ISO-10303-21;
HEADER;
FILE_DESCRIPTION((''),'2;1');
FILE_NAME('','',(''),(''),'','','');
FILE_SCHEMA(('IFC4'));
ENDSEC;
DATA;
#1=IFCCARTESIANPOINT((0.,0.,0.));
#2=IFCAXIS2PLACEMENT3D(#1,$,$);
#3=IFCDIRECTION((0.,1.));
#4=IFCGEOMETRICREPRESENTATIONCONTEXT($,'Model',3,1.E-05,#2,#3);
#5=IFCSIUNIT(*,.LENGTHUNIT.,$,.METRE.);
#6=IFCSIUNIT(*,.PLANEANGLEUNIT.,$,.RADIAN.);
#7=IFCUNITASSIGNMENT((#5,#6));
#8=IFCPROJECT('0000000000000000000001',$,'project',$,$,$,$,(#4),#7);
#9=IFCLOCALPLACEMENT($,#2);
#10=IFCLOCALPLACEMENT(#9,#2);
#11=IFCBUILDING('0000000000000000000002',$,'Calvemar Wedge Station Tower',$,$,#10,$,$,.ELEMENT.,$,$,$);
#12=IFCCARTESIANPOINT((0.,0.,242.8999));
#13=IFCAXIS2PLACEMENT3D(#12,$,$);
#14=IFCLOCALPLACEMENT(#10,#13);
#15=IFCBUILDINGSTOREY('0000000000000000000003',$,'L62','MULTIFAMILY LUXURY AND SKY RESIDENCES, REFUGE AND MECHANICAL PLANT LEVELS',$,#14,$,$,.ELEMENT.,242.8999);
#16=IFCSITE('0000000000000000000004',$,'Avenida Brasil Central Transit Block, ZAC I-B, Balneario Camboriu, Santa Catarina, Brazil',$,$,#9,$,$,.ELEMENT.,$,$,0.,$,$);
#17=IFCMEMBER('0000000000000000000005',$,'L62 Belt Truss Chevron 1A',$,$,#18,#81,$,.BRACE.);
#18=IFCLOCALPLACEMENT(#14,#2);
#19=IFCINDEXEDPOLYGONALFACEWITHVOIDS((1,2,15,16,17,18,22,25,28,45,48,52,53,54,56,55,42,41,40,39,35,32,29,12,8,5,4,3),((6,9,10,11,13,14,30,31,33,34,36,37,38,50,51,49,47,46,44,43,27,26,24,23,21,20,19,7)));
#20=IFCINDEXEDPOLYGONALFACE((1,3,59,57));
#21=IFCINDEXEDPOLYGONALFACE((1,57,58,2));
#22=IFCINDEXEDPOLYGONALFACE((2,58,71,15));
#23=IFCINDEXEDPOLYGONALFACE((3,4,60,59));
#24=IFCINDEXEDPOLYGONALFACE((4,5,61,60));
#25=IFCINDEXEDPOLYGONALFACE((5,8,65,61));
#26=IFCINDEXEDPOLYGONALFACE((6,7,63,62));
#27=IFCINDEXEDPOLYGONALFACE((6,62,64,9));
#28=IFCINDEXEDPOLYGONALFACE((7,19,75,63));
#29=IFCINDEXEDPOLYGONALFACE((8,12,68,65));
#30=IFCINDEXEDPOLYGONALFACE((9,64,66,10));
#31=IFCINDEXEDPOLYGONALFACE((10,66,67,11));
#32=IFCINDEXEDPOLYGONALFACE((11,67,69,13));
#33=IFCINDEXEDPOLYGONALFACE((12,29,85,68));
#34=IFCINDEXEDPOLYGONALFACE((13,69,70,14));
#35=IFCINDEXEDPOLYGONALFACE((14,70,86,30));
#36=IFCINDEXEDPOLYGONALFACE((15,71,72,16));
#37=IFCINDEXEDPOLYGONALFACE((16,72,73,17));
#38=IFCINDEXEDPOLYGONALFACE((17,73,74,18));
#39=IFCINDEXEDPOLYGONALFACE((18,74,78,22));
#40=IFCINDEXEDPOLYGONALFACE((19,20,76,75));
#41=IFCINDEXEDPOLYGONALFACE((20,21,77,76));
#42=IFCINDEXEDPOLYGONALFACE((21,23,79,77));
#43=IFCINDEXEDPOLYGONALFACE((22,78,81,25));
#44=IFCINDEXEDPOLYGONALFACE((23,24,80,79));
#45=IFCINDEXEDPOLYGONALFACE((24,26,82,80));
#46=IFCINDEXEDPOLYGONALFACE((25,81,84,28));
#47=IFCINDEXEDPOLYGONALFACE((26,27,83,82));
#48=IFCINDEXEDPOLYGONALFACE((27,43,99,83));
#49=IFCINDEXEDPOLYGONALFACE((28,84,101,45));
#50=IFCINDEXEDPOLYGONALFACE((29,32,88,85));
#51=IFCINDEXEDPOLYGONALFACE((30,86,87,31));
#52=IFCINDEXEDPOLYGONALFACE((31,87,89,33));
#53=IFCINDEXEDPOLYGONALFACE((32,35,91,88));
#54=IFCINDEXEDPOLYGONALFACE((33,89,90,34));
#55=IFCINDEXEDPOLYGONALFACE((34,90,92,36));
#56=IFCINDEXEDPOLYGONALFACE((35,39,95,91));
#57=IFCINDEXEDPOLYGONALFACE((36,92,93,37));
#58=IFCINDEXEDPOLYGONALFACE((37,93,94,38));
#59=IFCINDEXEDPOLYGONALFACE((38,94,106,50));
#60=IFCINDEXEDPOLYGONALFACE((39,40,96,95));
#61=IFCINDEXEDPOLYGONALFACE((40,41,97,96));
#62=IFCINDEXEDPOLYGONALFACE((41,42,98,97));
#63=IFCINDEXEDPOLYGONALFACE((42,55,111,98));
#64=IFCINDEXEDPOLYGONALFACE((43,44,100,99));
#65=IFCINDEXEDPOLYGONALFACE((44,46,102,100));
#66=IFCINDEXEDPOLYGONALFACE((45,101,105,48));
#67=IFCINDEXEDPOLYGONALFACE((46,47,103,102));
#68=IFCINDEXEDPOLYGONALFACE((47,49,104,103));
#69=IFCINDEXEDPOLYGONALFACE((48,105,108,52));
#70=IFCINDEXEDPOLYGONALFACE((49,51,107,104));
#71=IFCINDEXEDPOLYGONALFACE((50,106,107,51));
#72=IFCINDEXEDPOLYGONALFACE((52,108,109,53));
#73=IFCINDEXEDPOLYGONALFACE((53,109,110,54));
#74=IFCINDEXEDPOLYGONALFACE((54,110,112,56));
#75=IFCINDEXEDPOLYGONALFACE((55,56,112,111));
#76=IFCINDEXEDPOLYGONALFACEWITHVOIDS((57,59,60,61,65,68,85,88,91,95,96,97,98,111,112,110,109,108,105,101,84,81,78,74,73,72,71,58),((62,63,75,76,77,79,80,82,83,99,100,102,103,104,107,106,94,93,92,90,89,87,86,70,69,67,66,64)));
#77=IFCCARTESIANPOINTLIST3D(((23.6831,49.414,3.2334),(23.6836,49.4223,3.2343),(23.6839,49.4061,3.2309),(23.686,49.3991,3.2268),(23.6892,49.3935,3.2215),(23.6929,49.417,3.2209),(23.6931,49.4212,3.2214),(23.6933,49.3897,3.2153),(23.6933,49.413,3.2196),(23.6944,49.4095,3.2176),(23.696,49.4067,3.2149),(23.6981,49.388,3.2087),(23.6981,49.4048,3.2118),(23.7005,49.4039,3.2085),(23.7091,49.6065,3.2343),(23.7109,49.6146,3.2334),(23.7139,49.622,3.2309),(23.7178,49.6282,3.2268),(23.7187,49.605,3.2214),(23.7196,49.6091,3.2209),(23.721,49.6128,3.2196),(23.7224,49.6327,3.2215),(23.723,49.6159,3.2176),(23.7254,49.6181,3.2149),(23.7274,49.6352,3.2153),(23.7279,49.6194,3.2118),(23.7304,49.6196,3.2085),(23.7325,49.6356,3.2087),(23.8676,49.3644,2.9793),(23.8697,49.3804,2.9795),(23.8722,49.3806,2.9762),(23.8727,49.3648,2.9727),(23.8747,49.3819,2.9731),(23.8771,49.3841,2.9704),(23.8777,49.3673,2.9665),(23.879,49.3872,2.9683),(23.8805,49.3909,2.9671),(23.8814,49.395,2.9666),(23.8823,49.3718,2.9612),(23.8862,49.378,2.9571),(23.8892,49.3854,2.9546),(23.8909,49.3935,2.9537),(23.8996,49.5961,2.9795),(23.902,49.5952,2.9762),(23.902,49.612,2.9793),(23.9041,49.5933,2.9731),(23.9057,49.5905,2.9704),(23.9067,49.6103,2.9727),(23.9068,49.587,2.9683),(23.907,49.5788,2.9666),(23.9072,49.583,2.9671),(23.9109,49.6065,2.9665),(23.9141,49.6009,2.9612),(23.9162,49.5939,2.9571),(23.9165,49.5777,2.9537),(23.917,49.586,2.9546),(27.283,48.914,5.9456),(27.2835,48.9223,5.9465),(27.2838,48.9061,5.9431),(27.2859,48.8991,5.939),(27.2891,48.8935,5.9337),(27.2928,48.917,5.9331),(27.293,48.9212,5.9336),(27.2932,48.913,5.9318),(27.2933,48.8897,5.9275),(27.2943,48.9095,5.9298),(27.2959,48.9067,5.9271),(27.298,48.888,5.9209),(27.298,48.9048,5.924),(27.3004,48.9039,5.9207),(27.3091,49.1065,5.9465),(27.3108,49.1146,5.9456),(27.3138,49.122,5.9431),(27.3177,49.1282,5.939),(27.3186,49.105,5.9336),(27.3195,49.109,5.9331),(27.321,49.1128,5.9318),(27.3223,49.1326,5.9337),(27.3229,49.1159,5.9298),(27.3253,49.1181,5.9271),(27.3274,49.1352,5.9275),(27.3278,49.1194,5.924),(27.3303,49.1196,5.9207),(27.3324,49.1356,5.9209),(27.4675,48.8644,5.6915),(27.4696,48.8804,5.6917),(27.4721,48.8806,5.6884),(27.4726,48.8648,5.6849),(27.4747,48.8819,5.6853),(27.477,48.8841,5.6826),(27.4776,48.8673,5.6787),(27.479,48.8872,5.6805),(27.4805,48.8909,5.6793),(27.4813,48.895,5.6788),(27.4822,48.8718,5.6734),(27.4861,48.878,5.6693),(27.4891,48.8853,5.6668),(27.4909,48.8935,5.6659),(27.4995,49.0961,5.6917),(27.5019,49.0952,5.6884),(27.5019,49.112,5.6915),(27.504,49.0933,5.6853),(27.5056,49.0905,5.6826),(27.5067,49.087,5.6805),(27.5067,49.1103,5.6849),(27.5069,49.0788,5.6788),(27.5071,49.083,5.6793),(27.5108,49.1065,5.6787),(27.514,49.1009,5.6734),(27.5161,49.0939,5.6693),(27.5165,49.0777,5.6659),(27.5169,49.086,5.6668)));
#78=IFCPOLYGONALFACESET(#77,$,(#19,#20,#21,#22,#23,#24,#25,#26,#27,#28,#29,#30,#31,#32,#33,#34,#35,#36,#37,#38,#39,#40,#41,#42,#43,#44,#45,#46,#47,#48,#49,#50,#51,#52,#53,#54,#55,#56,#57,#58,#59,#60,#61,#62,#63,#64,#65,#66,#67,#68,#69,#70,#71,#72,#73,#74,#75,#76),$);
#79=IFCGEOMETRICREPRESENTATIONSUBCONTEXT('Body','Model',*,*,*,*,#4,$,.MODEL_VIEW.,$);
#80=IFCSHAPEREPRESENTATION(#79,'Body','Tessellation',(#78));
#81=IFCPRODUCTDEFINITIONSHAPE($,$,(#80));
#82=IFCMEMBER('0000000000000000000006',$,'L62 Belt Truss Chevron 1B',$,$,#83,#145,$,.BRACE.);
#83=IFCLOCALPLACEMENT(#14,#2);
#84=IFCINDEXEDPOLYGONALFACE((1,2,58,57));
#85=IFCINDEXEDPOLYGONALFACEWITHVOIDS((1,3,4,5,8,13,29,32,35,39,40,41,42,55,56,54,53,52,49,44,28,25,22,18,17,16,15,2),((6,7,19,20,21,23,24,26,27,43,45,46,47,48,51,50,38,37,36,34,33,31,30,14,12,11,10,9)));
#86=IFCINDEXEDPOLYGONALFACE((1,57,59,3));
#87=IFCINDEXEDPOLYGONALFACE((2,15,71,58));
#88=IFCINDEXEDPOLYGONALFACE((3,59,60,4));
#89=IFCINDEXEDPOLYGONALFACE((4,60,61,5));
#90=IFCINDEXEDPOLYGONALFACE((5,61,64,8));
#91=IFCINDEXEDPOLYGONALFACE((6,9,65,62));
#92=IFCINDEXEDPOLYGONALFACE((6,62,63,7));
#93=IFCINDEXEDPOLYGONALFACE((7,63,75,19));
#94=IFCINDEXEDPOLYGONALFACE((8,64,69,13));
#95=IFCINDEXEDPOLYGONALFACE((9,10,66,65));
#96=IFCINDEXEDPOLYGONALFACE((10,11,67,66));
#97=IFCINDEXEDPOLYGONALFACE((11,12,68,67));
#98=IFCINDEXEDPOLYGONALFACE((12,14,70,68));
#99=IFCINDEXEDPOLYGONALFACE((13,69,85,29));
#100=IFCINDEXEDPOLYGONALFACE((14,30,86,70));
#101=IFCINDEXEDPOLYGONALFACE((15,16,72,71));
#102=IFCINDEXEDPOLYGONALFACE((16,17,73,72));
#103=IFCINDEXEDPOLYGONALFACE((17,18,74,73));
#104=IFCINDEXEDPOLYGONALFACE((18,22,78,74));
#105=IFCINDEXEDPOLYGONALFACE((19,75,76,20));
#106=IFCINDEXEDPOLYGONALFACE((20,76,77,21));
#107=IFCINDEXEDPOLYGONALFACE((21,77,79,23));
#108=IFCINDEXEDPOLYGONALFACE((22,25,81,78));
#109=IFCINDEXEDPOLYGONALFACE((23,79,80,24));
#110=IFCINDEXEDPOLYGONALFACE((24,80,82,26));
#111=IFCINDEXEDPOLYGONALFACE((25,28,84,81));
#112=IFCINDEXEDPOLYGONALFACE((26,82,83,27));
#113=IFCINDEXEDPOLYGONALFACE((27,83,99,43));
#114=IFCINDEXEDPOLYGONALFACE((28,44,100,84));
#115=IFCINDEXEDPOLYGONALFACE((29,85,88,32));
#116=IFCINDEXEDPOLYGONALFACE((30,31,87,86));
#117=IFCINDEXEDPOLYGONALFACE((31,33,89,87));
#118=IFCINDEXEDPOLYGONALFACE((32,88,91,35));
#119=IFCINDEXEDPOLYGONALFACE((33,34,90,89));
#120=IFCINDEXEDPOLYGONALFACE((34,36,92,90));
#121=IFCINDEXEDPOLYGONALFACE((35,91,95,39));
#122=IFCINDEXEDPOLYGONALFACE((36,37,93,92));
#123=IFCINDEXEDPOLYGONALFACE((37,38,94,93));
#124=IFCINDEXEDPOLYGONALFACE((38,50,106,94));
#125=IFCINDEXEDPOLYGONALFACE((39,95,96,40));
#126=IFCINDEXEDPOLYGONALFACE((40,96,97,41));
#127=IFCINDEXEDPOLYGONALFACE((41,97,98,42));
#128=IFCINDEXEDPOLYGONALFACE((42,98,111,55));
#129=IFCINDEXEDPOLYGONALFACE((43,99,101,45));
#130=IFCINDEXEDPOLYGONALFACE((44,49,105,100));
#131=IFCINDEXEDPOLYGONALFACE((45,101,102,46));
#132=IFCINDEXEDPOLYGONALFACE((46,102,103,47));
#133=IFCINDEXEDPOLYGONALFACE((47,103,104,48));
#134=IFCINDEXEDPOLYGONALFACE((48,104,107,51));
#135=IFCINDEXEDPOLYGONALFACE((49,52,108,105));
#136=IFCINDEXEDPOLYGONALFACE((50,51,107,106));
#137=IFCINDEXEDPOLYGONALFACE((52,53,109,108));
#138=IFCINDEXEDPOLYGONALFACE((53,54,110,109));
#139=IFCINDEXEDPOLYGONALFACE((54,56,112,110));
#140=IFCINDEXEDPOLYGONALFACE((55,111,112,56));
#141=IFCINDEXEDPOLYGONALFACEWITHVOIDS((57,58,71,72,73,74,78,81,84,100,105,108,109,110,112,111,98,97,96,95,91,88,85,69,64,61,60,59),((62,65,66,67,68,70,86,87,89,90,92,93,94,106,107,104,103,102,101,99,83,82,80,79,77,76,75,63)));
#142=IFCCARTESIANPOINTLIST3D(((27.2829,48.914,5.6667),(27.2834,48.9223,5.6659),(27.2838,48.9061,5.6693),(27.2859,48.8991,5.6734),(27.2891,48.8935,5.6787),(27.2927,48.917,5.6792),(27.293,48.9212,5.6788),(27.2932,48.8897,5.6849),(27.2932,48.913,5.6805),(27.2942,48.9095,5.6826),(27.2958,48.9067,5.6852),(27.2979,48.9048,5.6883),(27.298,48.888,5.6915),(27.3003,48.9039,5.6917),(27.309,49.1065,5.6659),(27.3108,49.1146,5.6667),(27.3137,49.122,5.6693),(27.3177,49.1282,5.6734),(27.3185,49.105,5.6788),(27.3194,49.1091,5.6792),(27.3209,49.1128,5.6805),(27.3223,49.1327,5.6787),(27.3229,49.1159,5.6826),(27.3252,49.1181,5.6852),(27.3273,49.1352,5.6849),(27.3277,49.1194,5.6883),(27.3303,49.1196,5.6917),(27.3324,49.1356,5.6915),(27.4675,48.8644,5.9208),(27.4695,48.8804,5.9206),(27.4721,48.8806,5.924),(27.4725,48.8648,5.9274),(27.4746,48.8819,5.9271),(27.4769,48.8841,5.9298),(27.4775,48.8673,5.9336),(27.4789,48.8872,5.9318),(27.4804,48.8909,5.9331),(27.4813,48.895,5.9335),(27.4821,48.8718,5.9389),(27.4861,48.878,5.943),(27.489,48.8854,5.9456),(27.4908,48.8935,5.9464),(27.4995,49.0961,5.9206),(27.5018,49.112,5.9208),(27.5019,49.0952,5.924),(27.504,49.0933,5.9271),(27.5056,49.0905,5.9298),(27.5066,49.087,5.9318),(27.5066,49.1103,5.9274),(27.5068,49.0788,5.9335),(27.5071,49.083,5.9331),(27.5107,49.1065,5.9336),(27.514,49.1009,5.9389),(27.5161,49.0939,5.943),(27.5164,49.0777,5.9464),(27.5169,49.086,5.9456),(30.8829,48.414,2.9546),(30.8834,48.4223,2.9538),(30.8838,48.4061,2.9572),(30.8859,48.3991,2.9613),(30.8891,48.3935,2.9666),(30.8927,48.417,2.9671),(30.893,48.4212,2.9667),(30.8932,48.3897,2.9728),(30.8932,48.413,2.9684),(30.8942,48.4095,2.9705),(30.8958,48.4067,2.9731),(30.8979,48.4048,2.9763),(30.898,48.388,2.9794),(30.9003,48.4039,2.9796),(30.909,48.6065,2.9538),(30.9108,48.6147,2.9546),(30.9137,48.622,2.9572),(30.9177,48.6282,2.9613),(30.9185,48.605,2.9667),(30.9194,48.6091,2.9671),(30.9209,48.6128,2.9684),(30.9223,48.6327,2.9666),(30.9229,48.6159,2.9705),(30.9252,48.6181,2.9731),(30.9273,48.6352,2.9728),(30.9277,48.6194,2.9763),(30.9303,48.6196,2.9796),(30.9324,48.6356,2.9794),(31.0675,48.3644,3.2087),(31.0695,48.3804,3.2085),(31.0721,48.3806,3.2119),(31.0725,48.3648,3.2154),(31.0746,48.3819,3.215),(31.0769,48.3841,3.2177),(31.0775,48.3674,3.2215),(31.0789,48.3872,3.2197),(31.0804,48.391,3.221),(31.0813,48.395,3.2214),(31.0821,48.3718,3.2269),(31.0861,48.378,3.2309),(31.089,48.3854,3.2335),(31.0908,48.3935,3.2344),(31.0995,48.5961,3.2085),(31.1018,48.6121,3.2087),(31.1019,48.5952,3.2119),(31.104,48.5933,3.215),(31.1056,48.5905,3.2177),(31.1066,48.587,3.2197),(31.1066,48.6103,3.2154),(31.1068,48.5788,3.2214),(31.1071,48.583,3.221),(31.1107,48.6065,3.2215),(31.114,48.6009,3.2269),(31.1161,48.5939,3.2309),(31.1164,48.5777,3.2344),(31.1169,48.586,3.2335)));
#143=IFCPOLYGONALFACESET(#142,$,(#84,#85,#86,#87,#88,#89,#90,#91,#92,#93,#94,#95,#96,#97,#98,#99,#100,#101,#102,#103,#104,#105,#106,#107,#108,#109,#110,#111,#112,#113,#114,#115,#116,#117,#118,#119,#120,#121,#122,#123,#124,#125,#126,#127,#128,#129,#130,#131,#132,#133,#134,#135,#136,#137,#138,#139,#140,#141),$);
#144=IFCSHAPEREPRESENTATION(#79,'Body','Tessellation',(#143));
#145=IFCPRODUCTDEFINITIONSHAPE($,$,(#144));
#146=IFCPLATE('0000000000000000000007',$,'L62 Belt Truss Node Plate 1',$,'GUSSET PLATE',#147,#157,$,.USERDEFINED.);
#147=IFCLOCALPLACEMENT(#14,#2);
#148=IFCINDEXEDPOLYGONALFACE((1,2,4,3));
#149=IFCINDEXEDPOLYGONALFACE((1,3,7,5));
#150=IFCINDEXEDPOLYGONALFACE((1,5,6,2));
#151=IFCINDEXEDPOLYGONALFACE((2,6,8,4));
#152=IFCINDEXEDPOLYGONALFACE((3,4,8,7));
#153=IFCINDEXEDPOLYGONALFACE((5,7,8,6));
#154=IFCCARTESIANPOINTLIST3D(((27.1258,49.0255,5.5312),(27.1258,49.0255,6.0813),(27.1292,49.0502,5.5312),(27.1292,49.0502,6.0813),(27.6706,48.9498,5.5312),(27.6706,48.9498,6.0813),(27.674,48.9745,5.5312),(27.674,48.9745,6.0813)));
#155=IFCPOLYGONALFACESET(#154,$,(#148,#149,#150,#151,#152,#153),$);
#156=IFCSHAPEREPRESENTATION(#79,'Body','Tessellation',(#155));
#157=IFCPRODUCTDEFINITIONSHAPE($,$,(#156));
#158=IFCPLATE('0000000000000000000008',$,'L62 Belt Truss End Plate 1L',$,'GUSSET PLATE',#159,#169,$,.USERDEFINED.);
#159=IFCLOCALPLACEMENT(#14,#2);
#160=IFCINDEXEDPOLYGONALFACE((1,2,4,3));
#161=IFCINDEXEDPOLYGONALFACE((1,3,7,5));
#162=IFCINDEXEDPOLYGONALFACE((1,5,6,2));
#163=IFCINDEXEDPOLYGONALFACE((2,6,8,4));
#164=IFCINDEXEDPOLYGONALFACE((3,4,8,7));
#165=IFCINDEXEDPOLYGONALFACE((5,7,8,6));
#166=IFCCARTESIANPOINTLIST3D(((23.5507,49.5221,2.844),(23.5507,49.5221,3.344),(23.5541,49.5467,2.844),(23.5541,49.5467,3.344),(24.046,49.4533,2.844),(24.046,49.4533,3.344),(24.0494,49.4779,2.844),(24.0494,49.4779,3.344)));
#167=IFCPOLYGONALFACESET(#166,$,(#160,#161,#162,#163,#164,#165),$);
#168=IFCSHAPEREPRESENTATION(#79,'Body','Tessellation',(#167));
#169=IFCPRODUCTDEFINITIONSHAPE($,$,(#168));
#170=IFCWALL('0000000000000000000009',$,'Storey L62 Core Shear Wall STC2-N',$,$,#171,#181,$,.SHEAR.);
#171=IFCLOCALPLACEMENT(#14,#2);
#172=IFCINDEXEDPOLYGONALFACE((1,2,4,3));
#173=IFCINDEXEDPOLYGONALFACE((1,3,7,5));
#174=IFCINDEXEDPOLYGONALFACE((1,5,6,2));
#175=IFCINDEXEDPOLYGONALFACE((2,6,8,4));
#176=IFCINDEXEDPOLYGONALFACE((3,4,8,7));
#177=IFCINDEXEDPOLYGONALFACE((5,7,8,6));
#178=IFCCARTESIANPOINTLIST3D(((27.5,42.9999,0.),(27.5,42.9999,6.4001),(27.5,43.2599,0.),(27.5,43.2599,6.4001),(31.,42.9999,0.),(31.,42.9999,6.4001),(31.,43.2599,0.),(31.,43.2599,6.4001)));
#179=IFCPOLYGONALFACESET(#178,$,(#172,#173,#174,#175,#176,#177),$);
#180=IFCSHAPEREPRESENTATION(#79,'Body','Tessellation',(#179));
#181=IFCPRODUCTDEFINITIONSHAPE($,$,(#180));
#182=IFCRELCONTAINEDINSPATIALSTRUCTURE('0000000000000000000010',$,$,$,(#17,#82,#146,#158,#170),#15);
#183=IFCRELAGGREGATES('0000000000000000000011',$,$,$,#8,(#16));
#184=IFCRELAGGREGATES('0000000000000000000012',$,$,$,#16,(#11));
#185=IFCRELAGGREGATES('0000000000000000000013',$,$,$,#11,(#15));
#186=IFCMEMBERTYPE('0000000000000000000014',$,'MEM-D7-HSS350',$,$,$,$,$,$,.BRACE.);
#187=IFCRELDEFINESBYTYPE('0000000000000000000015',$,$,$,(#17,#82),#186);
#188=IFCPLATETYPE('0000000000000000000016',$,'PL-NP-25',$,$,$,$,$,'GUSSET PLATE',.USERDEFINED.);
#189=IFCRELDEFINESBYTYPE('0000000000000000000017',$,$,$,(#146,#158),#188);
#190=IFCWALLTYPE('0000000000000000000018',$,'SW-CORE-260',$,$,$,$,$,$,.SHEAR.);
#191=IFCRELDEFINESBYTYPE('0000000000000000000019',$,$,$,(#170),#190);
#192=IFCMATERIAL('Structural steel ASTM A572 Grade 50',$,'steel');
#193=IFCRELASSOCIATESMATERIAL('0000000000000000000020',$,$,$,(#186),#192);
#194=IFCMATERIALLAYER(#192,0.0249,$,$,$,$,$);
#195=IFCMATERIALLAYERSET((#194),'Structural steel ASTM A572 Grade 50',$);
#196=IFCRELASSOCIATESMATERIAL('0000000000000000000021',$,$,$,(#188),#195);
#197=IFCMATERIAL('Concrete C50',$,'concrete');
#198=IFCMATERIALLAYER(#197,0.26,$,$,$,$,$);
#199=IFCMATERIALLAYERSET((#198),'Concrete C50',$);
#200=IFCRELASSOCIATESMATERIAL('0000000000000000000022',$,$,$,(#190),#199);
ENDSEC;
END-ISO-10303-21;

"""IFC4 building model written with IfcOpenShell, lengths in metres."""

from ifc_helpers import new_model, si_unit, direction, frame, frame_2d, origin, origin_2d, place, context, subcontext, project, spatial, rectangle, hollow_rectangle, extrude, source, transform, mapped, material, layer, layer_set, material_profile, profile_set, type_object, element, save


model = new_model("IFC4")

# Units and contexts
model_context = context("Model", 3, precision=1e-05, world=origin(), true_north=direction((0.0, 1.0)))
body_context = subcontext(model_context, "Body", "Model", "MODEL_VIEW")
ifc_project = project(units=[si_unit("LENGTHUNIT", "METRE"), si_unit("PLANEANGLEUNIT", "RADIAN")], contexts=[model_context])

# Site, building, storey
site_placement = place(None, origin())
site = spatial("IfcSite", under=ifc_project, at=site_placement, Name="Avenida Brasil Central Transit Block, ZAC I-B, Balneario Camboriu, Santa Catarina, Brazil", CompositionType="ELEMENT", RefElevation=0.0)
building_placement = place(site_placement, origin())
building = spatial("IfcBuilding", under=site, at=building_placement, Name="Calvemar Wedge Station Tower", CompositionType="ELEMENT")
storey_placement = place(building_placement, frame((0.0, 0.0, 242.8999)))
storey = spatial("IfcBuildingStorey", under=building, at=storey_placement, Name="L62", Description="MULTIFAMILY LUXURY AND SKY RESIDENCES, REFUGE AND MECHANICAL PLANT LEVELS", CompositionType="ELEMENT", Elevation=242.8999)

# Shared definitions
ifc_material_1 = material(Name="Concrete C50", Category="concrete")

# Shared definitions
ifc_material_2 = material(Name="Structural steel ASTM A572 Grade 50", Category="steel")

# Members
ifc_material_profile_1 = material_profile(ifc_material_2, hollow_rectangle(XDim=0.25, YDim=0.3501, WallThickness=0.0161, InnerFilletRadius=0.0161, OuterFilletRadius=0.032, at=origin_2d()), Name="HSS350x250x16")
ifc_profile_set_1 = profile_set([ifc_material_profile_1], Name="Structural steel ASTM A572 Grade 50")
member_type = type_object("IfcMemberType", Name="MEM-D7-HSS350", PredefinedType="BRACE", material=ifc_profile_set_1)
shared_shape_1 = source(origin(), body_context, "Body", "SweptSolid", [
    extrude(hollow_rectangle(XDim=0.25, YDim=0.3501, WallThickness=0.0161, InnerFilletRadius=0.0161, OuterFilletRadius=0.032, at=origin_2d()), origin(), (0.0, 0.0, 1.0), 4.5349),
])
for number, where, z_axis, x_axis, name in (
    (1, (23.8, 49.5, 3.094), (0.793822, -0.110258, 0.598072), (0.137574, 0.990492, 0.0), "L62 Belt Truss Chevron 1A"),
    (2, (27.3999, 49.0, 5.8062), (0.793842, -0.110253, -0.598046), (0.137565, 0.990493, 0.0), "L62 Belt Truss Chevron 1B"),
):
    element("IfcMember", number, at=place(storey_placement, frame(where, z_axis=z_axis, x_axis=x_axis)), inside=storey, type_object=member_type, Name=name, PredefinedType="BRACE", context=body_context, shape_type="MappedRepresentation", body=[
        mapped(shared_shape_1, transform((0.0, 0.0, 0.0), scale=1.0)),
    ])

# Plates
ifc_layer_1 = layer(ifc_material_2, 0.0249)
ifc_layer_set_1 = layer_set([ifc_layer_1], Name="Structural steel ASTM A572 Grade 50")
plate_type = type_object("IfcPlateType", Name="PL-NP-25", ElementType="GUSSET PLATE", PredefinedType="USERDEFINED", material=ifc_layer_set_1)
shared_shape_2 = source(origin(), body_context, "Body", "SweptSolid", [
    extrude(rectangle(XDim=0.55, YDim=0.0249, at=origin_2d()), origin(), (0.0, 0.0, 1.0), 0.55),
])
plate_1_placement = place(storey_placement, frame((27.3999, 49.0, 5.5312), z_axis=(0.0, 0.0, 1.0), x_axis=(0.990485, -0.137617, 0.0)))
element("IfcPlate", 3, at=plate_1_placement, inside=storey, type_object=plate_type, Name="L62 Belt Truss Node Plate 1", ObjectType="GUSSET PLATE", PredefinedType="USERDEFINED", context=body_context, shape_type="MappedRepresentation", body=[
    mapped(shared_shape_2, transform((0.0, 0.0, 0.0), scale=1.0)),
])
shared_shape_3 = source(origin(), body_context, "Body", "SweptSolid", [
    extrude(rectangle(XDim=0.5, YDim=0.0249, at=origin_2d()), origin(), (0.0, 0.0, 1.0), 0.5),
])
plate_2_placement = place(storey_placement, frame((23.8, 49.5, 2.844), z_axis=(0.0, 0.0, 1.0), x_axis=(0.990485, -0.137617, 0.0)))
element("IfcPlate", 4, at=plate_2_placement, inside=storey, type_object=plate_type, Name="L62 Belt Truss End Plate 1L", ObjectType="GUSSET PLATE", PredefinedType="USERDEFINED", context=body_context, shape_type="MappedRepresentation", body=[
    mapped(shared_shape_3, transform((0.0, 0.0, 0.0), scale=1.0)),
])

# Wall
ifc_layer_2 = layer(ifc_material_1, 0.26)
ifc_layer_set_2 = layer_set([ifc_layer_2], Name="Concrete C50")
wall_type_1 = type_object("IfcWallType", Name="SW-CORE-260", PredefinedType="SHEAR", material=ifc_layer_set_2)
wall_1_placement = place(storey_placement, frame((27.5, 43.1299, 0.0), z_axis=(0.0, 0.0, 1.0), x_axis=(1.0, 0.0, 0.0)))
element("IfcWall", 5, at=wall_1_placement, inside=storey, type_object=wall_type_1, Name="Storey L62 Core Shear Wall STC2-N", PredefinedType="SHEAR", context=body_context, shape_type="SweptSolid", body=[
    extrude(rectangle(XDim=3.5, YDim=0.26, at=frame_2d((1.75, 0.0))), origin(), (0.0, 0.0, 1.0), 6.4001),
])

save(model, "model.ifc")
